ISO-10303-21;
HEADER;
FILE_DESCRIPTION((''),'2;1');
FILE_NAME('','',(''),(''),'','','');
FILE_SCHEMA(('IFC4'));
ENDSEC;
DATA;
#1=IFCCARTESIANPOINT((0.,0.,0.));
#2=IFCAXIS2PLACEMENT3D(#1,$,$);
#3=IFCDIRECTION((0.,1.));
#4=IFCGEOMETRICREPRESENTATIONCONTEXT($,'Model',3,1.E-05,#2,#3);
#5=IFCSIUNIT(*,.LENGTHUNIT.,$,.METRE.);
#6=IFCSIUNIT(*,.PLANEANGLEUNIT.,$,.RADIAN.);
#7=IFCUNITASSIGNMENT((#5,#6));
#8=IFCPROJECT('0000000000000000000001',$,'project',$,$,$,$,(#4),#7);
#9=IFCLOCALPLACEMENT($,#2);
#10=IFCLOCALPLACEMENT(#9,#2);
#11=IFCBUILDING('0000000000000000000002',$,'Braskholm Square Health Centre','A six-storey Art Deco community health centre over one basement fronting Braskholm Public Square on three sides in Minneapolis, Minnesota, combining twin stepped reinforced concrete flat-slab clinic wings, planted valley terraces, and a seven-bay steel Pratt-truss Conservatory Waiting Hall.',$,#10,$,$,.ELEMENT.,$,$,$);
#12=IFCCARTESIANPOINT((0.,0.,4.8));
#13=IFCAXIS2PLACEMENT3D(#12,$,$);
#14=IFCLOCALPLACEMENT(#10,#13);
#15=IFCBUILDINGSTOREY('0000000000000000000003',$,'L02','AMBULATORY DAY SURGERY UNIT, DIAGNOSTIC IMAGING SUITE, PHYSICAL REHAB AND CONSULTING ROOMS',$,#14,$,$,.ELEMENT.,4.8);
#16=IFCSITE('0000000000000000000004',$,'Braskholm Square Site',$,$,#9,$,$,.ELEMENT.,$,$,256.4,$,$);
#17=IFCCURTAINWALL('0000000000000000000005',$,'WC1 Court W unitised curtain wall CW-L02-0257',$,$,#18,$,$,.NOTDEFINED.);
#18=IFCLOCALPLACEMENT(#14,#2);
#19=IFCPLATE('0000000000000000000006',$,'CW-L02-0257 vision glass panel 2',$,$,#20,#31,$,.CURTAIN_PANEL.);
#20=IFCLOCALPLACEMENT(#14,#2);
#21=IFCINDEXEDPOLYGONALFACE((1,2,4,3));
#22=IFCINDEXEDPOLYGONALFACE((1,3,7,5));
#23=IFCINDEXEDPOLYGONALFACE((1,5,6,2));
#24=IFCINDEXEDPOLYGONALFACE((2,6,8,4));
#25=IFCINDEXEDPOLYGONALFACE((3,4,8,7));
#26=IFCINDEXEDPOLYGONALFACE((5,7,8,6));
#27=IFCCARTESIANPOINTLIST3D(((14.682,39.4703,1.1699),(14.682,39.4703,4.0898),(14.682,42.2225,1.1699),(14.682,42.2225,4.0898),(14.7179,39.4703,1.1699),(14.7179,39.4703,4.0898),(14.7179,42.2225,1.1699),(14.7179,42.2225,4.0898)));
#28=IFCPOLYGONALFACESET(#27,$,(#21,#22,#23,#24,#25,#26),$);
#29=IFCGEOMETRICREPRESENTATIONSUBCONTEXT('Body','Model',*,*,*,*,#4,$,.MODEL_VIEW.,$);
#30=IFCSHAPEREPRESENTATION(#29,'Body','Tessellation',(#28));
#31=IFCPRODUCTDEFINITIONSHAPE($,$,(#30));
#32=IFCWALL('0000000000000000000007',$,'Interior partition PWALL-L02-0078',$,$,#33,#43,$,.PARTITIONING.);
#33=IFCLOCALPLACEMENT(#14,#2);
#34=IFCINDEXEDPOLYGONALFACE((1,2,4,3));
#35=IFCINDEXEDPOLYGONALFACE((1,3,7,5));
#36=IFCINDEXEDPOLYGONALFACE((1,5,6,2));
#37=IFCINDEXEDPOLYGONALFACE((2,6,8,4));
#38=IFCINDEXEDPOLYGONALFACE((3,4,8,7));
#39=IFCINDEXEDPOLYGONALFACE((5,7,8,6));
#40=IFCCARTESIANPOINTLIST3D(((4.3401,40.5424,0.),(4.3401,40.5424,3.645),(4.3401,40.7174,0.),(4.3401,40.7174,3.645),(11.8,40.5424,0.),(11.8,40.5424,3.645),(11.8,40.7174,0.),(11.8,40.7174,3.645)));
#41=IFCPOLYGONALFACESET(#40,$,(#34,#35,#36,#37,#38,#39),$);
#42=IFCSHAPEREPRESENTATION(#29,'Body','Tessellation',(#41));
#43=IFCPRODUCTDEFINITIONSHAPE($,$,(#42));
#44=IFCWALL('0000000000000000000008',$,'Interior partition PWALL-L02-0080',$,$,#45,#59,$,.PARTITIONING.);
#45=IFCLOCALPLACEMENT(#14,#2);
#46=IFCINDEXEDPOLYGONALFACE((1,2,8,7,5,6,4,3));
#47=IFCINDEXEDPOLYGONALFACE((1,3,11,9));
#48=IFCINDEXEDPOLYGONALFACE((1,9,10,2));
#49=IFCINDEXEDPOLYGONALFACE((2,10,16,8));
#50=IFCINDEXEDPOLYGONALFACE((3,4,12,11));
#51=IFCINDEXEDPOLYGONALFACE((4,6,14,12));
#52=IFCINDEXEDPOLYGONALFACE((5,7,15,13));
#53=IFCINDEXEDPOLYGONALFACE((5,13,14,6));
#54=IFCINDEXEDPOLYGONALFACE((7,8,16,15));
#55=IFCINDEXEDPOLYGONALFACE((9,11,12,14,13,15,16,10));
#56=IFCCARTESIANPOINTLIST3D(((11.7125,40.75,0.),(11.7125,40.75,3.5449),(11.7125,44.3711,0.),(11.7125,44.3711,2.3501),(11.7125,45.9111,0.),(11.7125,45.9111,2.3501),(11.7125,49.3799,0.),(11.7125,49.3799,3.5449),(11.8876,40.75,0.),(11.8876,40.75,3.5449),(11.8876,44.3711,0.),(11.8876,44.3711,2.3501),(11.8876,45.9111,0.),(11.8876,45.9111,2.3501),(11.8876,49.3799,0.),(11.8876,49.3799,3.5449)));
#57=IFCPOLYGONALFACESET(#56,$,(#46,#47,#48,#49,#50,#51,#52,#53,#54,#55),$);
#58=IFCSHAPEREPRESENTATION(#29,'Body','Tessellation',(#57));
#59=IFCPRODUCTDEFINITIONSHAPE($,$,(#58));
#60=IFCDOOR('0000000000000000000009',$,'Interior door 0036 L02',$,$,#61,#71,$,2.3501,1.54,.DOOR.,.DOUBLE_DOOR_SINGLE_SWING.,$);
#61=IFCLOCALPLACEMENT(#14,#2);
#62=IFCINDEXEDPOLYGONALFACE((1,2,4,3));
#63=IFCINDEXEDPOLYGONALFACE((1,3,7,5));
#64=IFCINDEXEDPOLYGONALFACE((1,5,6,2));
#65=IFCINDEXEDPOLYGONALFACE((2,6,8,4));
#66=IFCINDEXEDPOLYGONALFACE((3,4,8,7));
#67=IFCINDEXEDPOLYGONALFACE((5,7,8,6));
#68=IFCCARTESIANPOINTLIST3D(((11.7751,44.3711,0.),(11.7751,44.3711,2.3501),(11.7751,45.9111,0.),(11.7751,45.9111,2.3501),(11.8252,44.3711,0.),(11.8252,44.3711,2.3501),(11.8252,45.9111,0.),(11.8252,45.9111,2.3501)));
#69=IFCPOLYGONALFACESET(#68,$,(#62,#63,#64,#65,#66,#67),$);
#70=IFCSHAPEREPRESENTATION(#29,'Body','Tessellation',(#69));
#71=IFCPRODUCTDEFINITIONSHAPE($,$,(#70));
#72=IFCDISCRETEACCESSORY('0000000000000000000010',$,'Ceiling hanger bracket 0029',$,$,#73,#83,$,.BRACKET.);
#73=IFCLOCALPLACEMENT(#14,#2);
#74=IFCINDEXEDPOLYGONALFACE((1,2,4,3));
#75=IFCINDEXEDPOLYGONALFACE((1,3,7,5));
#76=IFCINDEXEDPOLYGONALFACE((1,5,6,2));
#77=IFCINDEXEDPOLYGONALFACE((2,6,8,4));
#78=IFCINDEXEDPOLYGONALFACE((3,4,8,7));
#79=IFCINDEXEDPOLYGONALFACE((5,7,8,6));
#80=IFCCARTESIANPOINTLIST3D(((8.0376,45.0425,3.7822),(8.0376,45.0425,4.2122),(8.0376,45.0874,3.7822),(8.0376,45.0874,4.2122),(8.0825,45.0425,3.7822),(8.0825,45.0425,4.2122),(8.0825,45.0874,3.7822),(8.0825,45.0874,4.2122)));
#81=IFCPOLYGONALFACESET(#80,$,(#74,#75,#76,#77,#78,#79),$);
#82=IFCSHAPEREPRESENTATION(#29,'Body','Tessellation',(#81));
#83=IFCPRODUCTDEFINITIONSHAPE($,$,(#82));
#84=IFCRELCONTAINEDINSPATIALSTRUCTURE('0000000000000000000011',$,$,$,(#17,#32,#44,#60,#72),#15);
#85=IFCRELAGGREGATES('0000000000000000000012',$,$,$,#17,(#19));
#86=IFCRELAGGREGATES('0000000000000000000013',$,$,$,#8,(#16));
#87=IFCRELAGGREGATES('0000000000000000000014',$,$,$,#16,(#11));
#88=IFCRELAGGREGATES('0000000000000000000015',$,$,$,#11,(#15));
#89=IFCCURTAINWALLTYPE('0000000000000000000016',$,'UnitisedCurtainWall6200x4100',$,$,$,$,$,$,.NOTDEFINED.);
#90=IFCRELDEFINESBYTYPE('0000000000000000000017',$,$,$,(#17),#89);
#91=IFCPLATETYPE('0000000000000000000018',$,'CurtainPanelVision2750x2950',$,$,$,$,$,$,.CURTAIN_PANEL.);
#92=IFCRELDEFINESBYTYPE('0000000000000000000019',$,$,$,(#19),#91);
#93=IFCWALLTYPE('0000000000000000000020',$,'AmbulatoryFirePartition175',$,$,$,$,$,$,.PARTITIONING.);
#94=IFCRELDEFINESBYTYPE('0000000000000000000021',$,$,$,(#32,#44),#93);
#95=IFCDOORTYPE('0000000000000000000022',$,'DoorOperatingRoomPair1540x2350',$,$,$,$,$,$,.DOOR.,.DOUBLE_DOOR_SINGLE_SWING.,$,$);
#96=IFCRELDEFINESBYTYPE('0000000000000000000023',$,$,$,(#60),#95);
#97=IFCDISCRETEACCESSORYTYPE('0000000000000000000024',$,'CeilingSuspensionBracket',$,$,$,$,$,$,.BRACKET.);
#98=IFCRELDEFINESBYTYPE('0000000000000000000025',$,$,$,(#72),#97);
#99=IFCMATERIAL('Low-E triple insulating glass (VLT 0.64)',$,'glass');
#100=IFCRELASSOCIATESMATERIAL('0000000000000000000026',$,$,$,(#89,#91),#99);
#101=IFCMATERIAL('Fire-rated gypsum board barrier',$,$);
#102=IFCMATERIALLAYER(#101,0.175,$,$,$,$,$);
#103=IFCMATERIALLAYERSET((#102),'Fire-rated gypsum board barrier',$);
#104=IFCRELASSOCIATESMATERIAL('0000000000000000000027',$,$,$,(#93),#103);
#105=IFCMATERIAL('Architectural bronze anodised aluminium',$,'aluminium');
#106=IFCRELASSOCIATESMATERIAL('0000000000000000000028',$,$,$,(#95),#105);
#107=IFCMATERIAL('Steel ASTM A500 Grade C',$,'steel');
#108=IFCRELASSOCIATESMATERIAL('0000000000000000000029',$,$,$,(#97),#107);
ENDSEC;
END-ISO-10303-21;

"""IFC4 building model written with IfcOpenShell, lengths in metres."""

from ifc_helpers import new_model, si_unit, direction, frame, frame_2d, origin, origin_with_axes, origin_2d, place, context, subcontext, project, spatial, rectangle, extrude, material, layer, layer_set, type_object, element, fill, aggregate, save


model = new_model("IFC4")

# Units and contexts
model_context = context("Model", 3, precision=1e-05, world=origin(), true_north=direction((0.0, 1.0)))
body_context = subcontext(model_context, "Body", "Model", "MODEL_VIEW")
ifc_project = project(units=[si_unit("LENGTHUNIT", "METRE"), si_unit("PLANEANGLEUNIT", "RADIAN")], contexts=[model_context])

# Site, building, storey
site_placement = place(None, origin())
site = spatial("IfcSite", under=ifc_project, at=site_placement, Name="Braskholm Square Site", CompositionType="ELEMENT", RefElevation=256.4)
building_placement = place(site_placement, origin())
building = spatial("IfcBuilding", under=site, at=building_placement, Name="Braskholm Square Health Centre", Description="A six-storey Art Deco community health centre over one basement fronting Braskholm Public Square on three sides in Minneapolis, Minnesota, combining twin stepped reinforced concrete flat-slab clinic wings, planted valley terraces, and a seven-bay steel Pratt-truss Conservatory Waiting Hall.", CompositionType="ELEMENT")
storey_placement = place(building_placement, frame((0.0, 0.0, 4.8)))
storey = spatial("IfcBuildingStorey", under=building, at=storey_placement, Name="L02", Description="AMBULATORY DAY SURGERY UNIT, DIAGNOSTIC IMAGING SUITE, PHYSICAL REHAB AND CONSULTING ROOMS", CompositionType="ELEMENT", Elevation=4.8)

# Shared definitions
ifc_material_1 = material(Name="Low-E triple insulating glass (VLT 0.64)", Category="glass")
ifc_material_2 = material(Name="Architectural bronze anodised aluminium", Category="aluminium")

# Curtain wall
curtain_wall_type_1 = type_object("IfcCurtainWallType", Name="UnitisedCurtainWall6200x4100", PredefinedType="NOTDEFINED", material=ifc_material_1)
curtain_wall_1_placement = place(storey_placement, origin())
curtain_wall_1 = element("IfcCurtainWall", 1, at=curtain_wall_1_placement, inside=storey, type_object=curtain_wall_type_1, Name="WC1 Court W unitised curtain wall CW-L02-0257", PredefinedType="NOTDEFINED")

# Plate
plate_type_1 = type_object("IfcPlateType", Name="CurtainPanelVision2750x2950", PredefinedType="CURTAIN_PANEL", material=ifc_material_1)
plate_1_placement = place(storey_placement, frame((14.7, 40.8464, 1.1699), z_axis=(0.0, 0.0, 1.0), x_axis=(0.0, 1.0, 0.0)))
plate_1 = element("IfcPlate", 2, at=plate_1_placement, type_object=plate_type_1, Name="CW-L02-0257 vision glass panel 2", PredefinedType="CURTAIN_PANEL", context=body_context, shape_type="SweptSolid", body=[
    extrude(rectangle(XDim=2.7522, YDim=0.0359, at=origin_2d()), origin(), (0.0, 0.0, 1.0), 2.9199),
])
aggregate(curtain_wall_1, [plate_1])

# Wall
ifc_material_3 = material(Name="Fire-rated gypsum board barrier")
ifc_layer = layer(ifc_material_3, 0.175)
ifc_layer_set = layer_set([ifc_layer], Name="Fire-rated gypsum board barrier")
wall_type = type_object("IfcWallType", Name="AmbulatoryFirePartition175", PredefinedType="PARTITIONING", material=ifc_layer_set)
wall_1_placement = place(storey_placement, frame((4.3401, 40.6299, 0.0), z_axis=(0.0, 0.0, 1.0), x_axis=(1.0, 0.0, 0.0)))
element("IfcWall", 3, at=wall_1_placement, inside=storey, type_object=wall_type, Name="Interior partition PWALL-L02-0078", PredefinedType="PARTITIONING", context=body_context, shape_type="SweptSolid", body=[
    extrude(rectangle(XDim=7.46, YDim=0.175, at=frame_2d((3.73, 0.0))), origin(), (0.0, 0.0, 1.0), 3.645),
])

# Wall, opening, door
wall_2_placement = place(storey_placement, frame((11.8, 40.75, 0.0), z_axis=(0.0, 0.0, 1.0), x_axis=(0.0, 1.0, 0.0)))
wall_2 = element("IfcWall", 4, at=wall_2_placement, inside=storey, type_object=wall_type, Name="Interior partition PWALL-L02-0080", PredefinedType="PARTITIONING", context=body_context, shape_type="SweptSolid", body=[
    extrude(rectangle(XDim=8.6299, YDim=0.175, at=frame_2d((4.3149, 0.0))), origin(), (0.0, 0.0, 1.0), 3.5449),
])
opening_placement = place(wall_2_placement, frame((3.6211, 0.0, 0.0)))
opening = element("IfcOpeningElement", 5, at=opening_placement, cuts=wall_2, PredefinedType="OPENING", context=body_context, shape_type="SweptSolid", body=[
    extrude(rectangle(XDim=1.54, YDim=2.3501, at=frame_2d((0.77, 1.175))), frame((0.0, 0.0977, 0.0), z_axis=(0.0, -1.0, 0.0), x_axis=(1.0, 0.0, 0.0)), (0.0, 0.0, 1.0), 0.1951),
])
door_type = type_object("IfcDoorType", Name="DoorOperatingRoomPair1540x2350", OperationType="DOUBLE_DOOR_SINGLE_SWING", PredefinedType="DOOR", material=ifc_material_2)
door_placement = place(opening_placement, origin_with_axes())
door = element("IfcDoor", 6, at=door_placement, inside=storey, type_object=door_type, Name="Interior door 0036 L02", OperationType="DOUBLE_DOOR_SINGLE_SWING", OverallHeight=2.3501, OverallWidth=1.54, PredefinedType="DOOR", context=body_context, shape_type="SweptSolid", body=[
    extrude(rectangle(XDim=1.54, YDim=2.3501, at=frame_2d((0.77, 1.175))), frame((0.0, 0.0249, 0.0), z_axis=(0.0, -1.0, 0.0), x_axis=(1.0, 0.0, 0.0)), (0.0, 0.0, 1.0), 0.05),
])
fill(opening, door)

# Discrete accessory
ifc_material_4 = material(Name="Steel ASTM A500 Grade C", Category="steel")
discrete_accessory_type = type_object("IfcDiscreteAccessoryType", Name="CeilingSuspensionBracket", PredefinedType="BRACKET", material=ifc_material_4)
discrete_accessory_placement = place(storey_placement, frame((8.0601, 45.0649, 3.7822), z_axis=(0.0, 0.0, 1.0), x_axis=(1.0, 0.0, 0.0)))
element("IfcDiscreteAccessory", 7, at=discrete_accessory_placement, inside=storey, type_object=discrete_accessory_type, Name="Ceiling hanger bracket 0029", PredefinedType="BRACKET", context=body_context, shape_type="SweptSolid", body=[
    extrude(rectangle(XDim=0.0449, YDim=0.0449, at=origin_2d()), origin(), (0.0, 0.0, 1.0), 0.4299),
])

save(model, "model.ifc")
